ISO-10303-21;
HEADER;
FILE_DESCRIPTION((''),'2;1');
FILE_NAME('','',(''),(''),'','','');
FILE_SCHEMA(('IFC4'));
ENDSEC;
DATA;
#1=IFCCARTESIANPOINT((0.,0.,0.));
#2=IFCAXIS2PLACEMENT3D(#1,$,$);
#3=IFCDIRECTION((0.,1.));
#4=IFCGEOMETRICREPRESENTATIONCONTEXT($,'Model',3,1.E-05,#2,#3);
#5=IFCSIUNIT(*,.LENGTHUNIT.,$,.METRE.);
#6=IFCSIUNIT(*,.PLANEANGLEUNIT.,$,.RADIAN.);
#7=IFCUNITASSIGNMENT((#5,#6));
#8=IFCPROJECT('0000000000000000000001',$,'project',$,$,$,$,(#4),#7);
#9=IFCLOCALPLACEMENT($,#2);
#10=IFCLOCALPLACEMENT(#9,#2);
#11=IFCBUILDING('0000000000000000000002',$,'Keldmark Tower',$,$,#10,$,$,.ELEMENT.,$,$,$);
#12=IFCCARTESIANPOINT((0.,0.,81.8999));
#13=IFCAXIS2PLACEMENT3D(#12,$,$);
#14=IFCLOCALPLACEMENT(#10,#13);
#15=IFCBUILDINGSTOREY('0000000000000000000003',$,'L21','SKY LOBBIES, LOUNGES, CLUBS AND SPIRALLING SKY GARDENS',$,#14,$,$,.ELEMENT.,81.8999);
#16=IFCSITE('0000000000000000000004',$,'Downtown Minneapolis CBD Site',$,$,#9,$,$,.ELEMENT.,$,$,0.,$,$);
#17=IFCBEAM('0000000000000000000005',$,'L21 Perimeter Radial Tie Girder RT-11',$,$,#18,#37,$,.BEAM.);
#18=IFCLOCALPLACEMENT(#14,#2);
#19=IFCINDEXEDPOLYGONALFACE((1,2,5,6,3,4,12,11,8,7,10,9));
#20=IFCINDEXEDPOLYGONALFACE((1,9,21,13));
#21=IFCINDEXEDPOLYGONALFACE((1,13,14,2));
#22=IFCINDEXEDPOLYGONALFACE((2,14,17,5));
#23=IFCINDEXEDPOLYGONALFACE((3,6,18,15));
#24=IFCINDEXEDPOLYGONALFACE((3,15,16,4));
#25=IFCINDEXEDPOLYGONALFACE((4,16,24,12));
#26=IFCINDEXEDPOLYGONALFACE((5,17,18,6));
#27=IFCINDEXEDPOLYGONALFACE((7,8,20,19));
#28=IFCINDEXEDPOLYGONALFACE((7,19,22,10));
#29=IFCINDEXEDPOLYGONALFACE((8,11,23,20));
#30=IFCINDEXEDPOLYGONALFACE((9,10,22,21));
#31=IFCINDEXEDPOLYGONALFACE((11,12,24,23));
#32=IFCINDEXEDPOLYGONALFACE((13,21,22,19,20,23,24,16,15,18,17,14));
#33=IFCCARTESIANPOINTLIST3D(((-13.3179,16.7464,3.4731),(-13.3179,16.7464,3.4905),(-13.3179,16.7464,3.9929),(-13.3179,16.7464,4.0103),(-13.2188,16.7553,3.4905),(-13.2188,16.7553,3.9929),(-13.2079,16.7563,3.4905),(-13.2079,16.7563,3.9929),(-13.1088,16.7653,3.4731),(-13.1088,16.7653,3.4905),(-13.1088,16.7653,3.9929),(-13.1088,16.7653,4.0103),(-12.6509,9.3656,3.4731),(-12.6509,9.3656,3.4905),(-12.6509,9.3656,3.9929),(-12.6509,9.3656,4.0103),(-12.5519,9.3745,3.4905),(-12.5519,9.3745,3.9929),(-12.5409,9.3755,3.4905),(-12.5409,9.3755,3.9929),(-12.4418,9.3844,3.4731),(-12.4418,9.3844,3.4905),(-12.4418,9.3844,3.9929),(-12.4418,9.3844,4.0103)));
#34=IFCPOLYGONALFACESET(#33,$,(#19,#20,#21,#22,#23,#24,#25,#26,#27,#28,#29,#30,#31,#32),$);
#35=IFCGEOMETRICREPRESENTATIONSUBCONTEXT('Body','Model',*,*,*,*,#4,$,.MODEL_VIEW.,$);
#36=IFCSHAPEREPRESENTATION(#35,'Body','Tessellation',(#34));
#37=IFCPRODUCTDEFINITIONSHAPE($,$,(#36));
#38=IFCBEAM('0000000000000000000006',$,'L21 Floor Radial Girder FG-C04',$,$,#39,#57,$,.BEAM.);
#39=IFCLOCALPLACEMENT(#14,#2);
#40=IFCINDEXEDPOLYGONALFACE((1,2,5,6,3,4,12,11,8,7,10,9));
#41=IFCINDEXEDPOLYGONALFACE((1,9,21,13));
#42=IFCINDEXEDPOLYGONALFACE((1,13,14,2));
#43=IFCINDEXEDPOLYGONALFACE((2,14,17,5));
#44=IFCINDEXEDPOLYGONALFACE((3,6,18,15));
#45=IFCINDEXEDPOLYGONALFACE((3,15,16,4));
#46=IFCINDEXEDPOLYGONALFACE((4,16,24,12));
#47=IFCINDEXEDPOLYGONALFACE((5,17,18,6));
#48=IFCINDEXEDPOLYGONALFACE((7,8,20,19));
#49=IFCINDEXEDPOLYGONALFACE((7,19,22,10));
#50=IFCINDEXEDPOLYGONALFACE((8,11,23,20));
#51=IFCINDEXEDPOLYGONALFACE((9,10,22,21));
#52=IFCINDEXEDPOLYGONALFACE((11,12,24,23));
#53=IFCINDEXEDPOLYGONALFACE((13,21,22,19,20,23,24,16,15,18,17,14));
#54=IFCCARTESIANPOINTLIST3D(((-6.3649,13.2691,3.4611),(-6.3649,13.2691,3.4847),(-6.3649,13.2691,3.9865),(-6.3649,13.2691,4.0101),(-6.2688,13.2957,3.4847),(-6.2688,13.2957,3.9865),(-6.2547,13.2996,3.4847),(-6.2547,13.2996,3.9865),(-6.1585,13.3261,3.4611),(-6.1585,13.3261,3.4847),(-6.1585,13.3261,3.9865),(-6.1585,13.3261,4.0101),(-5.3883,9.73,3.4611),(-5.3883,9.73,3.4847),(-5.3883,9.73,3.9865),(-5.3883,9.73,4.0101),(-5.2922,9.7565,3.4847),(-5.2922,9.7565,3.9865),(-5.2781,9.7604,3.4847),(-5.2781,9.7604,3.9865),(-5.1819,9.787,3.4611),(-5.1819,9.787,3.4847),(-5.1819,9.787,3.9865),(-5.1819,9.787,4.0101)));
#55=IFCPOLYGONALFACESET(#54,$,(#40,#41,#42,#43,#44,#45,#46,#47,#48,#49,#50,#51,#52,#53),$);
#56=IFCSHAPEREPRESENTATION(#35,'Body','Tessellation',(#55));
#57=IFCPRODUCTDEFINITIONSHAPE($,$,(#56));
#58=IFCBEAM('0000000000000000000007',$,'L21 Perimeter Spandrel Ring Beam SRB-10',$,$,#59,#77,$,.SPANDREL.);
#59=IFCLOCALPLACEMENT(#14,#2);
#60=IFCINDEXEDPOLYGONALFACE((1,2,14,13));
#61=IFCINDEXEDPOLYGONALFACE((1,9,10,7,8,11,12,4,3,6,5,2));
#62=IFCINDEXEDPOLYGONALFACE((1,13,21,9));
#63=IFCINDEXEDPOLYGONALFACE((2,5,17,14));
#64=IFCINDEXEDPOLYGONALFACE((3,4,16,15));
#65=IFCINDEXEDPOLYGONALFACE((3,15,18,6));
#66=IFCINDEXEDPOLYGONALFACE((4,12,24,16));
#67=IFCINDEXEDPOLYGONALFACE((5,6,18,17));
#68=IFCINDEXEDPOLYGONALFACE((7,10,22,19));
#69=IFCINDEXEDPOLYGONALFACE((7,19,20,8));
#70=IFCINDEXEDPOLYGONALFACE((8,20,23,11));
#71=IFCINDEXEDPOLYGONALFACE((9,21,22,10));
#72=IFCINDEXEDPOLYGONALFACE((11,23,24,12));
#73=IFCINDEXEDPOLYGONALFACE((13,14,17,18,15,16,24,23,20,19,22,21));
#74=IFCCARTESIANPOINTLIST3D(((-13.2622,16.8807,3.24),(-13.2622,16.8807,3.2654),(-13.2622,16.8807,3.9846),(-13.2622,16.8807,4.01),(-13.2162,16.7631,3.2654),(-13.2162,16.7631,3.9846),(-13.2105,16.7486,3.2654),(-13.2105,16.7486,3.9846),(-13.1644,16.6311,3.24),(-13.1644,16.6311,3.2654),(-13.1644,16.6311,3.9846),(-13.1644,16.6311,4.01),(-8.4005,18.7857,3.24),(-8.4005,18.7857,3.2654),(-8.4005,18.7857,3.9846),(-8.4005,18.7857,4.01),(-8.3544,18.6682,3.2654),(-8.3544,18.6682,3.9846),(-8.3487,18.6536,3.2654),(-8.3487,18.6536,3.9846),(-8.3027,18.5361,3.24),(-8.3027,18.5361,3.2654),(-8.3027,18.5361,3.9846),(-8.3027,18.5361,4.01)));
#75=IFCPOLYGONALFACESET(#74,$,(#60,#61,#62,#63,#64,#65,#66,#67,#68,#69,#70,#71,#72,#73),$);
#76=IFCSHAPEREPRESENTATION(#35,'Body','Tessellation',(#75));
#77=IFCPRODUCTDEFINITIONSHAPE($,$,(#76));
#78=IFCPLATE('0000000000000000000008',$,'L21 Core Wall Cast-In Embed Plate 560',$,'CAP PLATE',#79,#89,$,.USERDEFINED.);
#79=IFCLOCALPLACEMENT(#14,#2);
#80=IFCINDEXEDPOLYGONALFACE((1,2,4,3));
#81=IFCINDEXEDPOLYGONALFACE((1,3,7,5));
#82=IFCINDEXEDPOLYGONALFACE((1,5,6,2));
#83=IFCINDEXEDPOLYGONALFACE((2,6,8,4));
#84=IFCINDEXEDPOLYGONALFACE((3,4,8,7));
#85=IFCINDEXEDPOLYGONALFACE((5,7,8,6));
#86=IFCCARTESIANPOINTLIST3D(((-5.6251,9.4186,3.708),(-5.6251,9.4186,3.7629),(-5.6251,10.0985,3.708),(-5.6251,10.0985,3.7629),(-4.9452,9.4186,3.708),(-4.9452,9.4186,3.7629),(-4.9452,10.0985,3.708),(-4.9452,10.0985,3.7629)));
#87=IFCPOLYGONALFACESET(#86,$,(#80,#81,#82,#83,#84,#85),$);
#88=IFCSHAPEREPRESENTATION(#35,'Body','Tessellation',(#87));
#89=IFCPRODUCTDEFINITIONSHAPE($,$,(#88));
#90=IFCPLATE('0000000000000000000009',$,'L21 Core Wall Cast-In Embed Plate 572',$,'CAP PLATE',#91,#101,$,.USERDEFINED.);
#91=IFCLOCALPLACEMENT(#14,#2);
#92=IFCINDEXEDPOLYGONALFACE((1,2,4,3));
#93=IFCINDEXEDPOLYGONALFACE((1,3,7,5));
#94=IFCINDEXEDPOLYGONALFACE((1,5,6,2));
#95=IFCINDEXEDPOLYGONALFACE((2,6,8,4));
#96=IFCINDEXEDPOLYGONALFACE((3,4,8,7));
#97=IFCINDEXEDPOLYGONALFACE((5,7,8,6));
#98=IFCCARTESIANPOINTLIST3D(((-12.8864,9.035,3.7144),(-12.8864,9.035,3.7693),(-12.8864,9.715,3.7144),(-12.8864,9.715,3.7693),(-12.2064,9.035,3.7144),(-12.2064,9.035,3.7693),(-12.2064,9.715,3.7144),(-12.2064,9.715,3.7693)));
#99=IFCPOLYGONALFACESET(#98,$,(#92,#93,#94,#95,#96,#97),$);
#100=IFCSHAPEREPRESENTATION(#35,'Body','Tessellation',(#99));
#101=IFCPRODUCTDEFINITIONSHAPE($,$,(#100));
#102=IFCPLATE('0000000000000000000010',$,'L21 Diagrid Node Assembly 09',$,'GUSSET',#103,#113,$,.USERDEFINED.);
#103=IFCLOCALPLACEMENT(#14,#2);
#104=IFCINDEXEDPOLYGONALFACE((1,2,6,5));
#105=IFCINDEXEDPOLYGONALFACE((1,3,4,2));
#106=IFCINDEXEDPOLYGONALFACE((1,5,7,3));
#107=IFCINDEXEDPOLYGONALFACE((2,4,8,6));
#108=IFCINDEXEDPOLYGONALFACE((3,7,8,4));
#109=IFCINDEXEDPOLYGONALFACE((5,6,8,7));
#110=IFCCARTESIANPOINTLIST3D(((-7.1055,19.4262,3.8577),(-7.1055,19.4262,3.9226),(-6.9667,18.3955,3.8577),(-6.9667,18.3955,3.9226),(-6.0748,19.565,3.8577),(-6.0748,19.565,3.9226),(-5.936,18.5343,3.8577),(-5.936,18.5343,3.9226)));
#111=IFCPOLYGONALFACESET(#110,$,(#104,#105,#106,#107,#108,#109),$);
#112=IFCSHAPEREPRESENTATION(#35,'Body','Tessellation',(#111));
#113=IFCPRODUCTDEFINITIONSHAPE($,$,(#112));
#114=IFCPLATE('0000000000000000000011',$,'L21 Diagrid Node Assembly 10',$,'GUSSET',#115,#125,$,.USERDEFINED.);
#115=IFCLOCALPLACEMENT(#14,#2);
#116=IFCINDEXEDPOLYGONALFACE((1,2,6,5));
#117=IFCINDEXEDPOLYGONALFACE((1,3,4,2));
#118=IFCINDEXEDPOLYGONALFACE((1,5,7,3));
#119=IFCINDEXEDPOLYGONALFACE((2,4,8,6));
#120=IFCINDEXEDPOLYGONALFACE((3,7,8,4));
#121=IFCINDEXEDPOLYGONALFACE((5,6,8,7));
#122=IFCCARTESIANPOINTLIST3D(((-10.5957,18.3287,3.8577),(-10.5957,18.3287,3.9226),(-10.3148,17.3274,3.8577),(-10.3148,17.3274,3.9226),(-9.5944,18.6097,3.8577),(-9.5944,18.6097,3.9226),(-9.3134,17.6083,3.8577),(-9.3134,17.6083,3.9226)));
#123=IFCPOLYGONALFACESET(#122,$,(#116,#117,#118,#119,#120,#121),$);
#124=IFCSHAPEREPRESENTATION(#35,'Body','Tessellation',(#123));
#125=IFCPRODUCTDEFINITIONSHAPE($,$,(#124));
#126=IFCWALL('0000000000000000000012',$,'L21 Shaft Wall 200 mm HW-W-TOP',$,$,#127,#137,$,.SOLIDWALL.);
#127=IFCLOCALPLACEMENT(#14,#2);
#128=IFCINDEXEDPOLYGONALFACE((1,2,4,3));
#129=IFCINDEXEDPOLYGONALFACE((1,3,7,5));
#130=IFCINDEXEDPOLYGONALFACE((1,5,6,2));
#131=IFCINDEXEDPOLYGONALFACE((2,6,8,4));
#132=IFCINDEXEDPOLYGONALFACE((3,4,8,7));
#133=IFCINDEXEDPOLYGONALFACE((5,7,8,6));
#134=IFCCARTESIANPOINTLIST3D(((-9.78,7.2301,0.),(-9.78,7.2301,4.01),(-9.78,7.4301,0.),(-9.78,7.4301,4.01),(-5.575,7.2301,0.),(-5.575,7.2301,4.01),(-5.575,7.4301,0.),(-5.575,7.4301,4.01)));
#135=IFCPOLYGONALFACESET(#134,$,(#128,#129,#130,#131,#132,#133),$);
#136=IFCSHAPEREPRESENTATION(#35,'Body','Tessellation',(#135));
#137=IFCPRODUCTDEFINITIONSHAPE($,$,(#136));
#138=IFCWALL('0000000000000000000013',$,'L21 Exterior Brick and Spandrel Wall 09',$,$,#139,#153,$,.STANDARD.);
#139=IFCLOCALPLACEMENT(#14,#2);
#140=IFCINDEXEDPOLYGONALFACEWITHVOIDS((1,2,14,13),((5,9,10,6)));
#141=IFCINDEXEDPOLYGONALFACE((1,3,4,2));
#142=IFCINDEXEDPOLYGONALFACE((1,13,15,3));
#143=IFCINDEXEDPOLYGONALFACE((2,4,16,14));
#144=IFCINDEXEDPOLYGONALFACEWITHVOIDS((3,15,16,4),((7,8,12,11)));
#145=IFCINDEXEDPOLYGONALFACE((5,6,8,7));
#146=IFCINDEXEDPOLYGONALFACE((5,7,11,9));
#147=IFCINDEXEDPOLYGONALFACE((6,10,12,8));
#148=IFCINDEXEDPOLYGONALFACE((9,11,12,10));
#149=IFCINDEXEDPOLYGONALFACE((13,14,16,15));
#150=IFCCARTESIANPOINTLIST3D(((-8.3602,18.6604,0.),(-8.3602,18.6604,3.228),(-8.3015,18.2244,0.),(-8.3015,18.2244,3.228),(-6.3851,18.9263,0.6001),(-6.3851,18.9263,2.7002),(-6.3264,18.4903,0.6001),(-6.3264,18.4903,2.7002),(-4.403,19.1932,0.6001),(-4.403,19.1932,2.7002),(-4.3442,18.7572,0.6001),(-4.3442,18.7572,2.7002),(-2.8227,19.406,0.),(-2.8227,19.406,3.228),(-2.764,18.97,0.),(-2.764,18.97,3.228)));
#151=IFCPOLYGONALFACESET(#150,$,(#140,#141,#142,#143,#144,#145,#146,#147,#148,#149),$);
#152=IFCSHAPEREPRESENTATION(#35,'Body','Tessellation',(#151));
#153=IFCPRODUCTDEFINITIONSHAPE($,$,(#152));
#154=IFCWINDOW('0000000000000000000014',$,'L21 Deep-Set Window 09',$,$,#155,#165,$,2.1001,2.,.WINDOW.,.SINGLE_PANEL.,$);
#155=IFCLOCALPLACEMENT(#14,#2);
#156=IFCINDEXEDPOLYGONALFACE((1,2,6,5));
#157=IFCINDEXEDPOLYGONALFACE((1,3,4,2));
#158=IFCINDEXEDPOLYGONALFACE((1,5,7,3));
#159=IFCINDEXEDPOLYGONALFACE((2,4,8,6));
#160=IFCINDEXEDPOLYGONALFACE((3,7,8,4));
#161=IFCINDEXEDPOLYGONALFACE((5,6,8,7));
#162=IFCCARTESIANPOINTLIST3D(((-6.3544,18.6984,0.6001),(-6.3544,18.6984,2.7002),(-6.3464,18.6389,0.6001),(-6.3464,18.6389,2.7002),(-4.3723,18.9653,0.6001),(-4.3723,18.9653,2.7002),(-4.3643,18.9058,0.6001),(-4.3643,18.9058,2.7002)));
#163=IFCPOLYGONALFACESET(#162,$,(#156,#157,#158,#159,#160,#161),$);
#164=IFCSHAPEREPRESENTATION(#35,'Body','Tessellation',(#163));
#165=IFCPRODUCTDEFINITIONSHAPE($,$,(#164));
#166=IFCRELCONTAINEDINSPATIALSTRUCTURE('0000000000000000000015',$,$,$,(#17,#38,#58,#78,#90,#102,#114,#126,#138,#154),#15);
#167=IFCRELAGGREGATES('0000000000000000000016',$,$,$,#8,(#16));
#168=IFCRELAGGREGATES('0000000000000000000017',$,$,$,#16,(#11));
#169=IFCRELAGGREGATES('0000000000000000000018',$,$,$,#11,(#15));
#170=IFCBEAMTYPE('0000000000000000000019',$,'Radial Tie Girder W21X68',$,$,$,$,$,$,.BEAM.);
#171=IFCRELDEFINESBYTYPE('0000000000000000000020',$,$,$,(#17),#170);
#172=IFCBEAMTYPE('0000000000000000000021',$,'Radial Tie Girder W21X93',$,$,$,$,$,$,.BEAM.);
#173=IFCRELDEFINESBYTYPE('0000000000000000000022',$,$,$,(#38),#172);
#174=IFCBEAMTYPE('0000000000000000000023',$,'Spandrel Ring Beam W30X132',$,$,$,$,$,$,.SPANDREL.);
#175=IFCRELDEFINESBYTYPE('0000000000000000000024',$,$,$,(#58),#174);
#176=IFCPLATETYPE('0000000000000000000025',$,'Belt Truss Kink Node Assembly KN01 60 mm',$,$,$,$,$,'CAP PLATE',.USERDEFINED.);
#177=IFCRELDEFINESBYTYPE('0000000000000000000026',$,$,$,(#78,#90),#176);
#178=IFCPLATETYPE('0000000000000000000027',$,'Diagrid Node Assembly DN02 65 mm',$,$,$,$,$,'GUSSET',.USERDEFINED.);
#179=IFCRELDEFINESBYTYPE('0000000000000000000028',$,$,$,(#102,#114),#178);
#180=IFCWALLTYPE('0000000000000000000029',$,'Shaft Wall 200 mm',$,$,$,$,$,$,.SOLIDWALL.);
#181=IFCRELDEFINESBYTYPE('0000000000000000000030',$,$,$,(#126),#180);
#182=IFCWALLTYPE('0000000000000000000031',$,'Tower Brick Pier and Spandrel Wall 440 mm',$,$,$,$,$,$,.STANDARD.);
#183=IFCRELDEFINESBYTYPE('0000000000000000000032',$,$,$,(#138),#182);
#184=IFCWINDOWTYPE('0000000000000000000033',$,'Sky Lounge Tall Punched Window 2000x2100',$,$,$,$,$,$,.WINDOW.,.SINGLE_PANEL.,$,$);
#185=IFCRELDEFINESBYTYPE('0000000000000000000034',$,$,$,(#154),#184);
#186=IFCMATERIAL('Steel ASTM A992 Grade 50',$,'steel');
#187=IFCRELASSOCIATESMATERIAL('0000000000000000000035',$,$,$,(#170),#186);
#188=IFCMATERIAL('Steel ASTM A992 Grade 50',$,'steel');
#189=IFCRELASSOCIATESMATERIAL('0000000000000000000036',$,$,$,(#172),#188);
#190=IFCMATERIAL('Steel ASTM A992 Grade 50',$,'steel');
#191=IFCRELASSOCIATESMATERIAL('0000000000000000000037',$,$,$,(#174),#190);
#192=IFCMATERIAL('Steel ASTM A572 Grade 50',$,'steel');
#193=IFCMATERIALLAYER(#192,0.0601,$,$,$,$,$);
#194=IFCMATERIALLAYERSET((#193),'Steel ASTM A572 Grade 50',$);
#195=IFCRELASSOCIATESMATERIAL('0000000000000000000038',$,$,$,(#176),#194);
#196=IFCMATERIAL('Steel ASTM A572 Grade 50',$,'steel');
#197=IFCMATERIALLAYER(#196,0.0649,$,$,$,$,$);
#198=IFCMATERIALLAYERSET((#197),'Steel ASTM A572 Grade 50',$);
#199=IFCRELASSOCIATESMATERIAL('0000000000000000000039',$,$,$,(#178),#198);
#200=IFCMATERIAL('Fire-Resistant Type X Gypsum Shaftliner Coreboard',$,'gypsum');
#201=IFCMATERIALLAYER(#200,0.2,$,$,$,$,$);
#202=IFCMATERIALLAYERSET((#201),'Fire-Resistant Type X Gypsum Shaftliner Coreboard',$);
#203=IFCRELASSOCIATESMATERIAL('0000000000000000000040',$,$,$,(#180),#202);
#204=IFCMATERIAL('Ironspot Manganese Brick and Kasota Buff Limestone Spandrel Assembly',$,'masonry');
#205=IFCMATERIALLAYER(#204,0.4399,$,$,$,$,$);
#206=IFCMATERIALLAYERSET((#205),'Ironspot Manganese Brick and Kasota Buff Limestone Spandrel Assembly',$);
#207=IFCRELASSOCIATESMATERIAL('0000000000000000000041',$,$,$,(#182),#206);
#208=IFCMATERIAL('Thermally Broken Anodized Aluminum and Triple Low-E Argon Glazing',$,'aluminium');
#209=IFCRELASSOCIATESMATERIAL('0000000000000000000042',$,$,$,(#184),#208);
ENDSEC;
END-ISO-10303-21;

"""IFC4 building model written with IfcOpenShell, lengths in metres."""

from ifc_helpers import new_model, si_unit, direction, frame, frame_2d, origin, origin_2d, place, context, subcontext, project, spatial, rectangle, i_section, extrude, material, layer, layer_set, material_profile, profile_set, type_object, element, fill, save


model = new_model("IFC4")

# Units and contexts
model_context = context("Model", 3, precision=1e-05, world=origin(), true_north=direction((0.0, 1.0)))
body_context = subcontext(model_context, "Body", "Model", "MODEL_VIEW")
ifc_project = project(units=[si_unit("LENGTHUNIT", "METRE"), si_unit("PLANEANGLEUNIT", "RADIAN")], contexts=[model_context])

# Site, building, storey
site_placement = place(None, origin())
site = spatial("IfcSite", under=ifc_project, at=site_placement, Name="Downtown Minneapolis CBD Site", CompositionType="ELEMENT", RefElevation=0.0)
building_placement = place(site_placement, origin())
building = spatial("IfcBuilding", under=site, at=building_placement, Name="Keldmark Tower", CompositionType="ELEMENT")
storey_placement = place(building_placement, frame((0.0, 0.0, 81.8999)))
storey = spatial("IfcBuildingStorey", under=building, at=storey_placement, Name="L21", Description="SKY LOBBIES, LOUNGES, CLUBS AND SPIRALLING SKY GARDENS", CompositionType="ELEMENT", Elevation=81.8999)

# Beams
ifc_material_1 = material(Name="Steel ASTM A992 Grade 50", Category="steel")
ifc_material_profile_1 = material_profile(ifc_material_1, i_section(OverallWidth=0.21, OverallDepth=0.5371, WebThickness=0.011, FlangeThickness=0.0173, at=origin_2d()), Name="W21X68")
ifc_profile_set_1 = profile_set([ifc_material_profile_1], Name="Steel ASTM A992 Grade 50")
beam_type_1 = type_object("IfcBeamType", Name="Radial Tie Girder W21X68", PredefinedType="BEAM", material=ifc_profile_set_1)
beam_1_placement = place(storey_placement, frame((-12.5464, 9.375, 3.7417), z_axis=(-0.090001, 0.995942, 0.0), x_axis=(-0.995942, -0.090001, 0.0)))
element("IfcBeam", 1, at=beam_1_placement, inside=storey, type_object=beam_type_1, Name="L21 Perimeter Radial Tie Girder RT-11", PredefinedType="BEAM", context=body_context, shape_type="SweptSolid", body=[
    extrude(i_section(OverallWidth=0.21, OverallDepth=0.5371, WebThickness=0.011, FlangeThickness=0.0173, at=origin_2d()), origin(), (0.0, 0.0, 1.0), 7.4109),
])
ifc_material_2 = material(Name="Steel ASTM A992 Grade 50", Category="steel")
ifc_material_profile_2 = material_profile(ifc_material_2, i_section(OverallWidth=0.2141, OverallDepth=0.5491, WebThickness=0.0146, FlangeThickness=0.0237, at=origin_2d()), Name="W21X93")
ifc_profile_set_2 = profile_set([ifc_material_profile_2], Name="Steel ASTM A992 Grade 50")
beam_type_2 = type_object("IfcBeamType", Name="Radial Tie Girder W21X93", PredefinedType="BEAM", material=ifc_profile_set_2)
beam_2_placement = place(storey_placement, frame((-6.2617, 13.2976, 3.7356), z_axis=(0.265997, -0.963974, 0.0), x_axis=(0.963974, 0.265997, 0.0)))
element("IfcBeam", 2, at=beam_2_placement, inside=storey, type_object=beam_type_2, Name="L21 Floor Radial Girder FG-C04", PredefinedType="BEAM", context=body_context, shape_type="SweptSolid", body=[
    extrude(i_section(OverallWidth=0.2141, OverallDepth=0.5491, WebThickness=0.0146, FlangeThickness=0.0237, at=origin_2d()), origin(), (0.0, 0.0, 1.0), 3.6714),
])
ifc_material_3 = material(Name="Steel ASTM A992 Grade 50", Category="steel")
ifc_material_profile_3 = material_profile(ifc_material_3, i_section(OverallWidth=0.2681, OverallDepth=0.77, WebThickness=0.0156, FlangeThickness=0.0254, at=origin_2d()), Name="W30X132")
ifc_profile_set_3 = profile_set([ifc_material_profile_3], Name="Steel ASTM A992 Grade 50")
beam_type_3 = type_object("IfcBeamType", Name="Spandrel Ring Beam W30X132", PredefinedType="SPANDREL", material=ifc_profile_set_3)
beam_3_placement = place(storey_placement, frame((-8.3516, 18.6609, 3.625), z_axis=(-0.931075, -0.364828, 0.0), x_axis=(0.364828, -0.931075, 0.0)))
element("IfcBeam", 3, at=beam_3_placement, inside=storey, type_object=beam_type_3, Name="L21 Perimeter Spandrel Ring Beam SRB-10", PredefinedType="SPANDREL", context=body_context, shape_type="SweptSolid", body=[
    extrude(i_section(OverallWidth=0.2681, OverallDepth=0.77, WebThickness=0.0156, FlangeThickness=0.0254, at=origin_2d()), origin(), (0.0, 0.0, 1.0), 5.2217),
])

# Plates
ifc_material_4 = material(Name="Steel ASTM A572 Grade 50", Category="steel")
ifc_layer_1 = layer(ifc_material_4, 0.0601)
ifc_layer_set_1 = layer_set([ifc_layer_1], Name="Steel ASTM A572 Grade 50")
plate_type_1 = type_object("IfcPlateType", Name="Belt Truss Kink Node Assembly KN01 60 mm", ElementType="CAP PLATE", PredefinedType="USERDEFINED", material=ifc_layer_set_1)
for number, where, z_axis, x_axis, name in (
    (4, (-5.2852, 9.7585, 3.708), (0.0, 0.0, 1.0), (1.0, 0.0, 0.0), "L21 Core Wall Cast-In Embed Plate 560"),
    (5, (-12.5464, 9.375, 3.7144), (0.0, 0.0, 1.0), (1.0, 0.0, 0.0), "L21 Core Wall Cast-In Embed Plate 572"),
):
    element("IfcPlate", number, at=place(storey_placement, frame(where, z_axis=z_axis, x_axis=x_axis)), inside=storey, type_object=plate_type_1, Name=name, ObjectType="CAP PLATE", PredefinedType="USERDEFINED", context=body_context, shape_type="SweptSolid", body=[
        extrude(rectangle(XDim=0.6799, YDim=0.6799, at=origin_2d()), origin(), (0.0, 0.0, 1.0), 0.0549),
    ])
ifc_material_5 = material(Name="Steel ASTM A572 Grade 50", Category="steel")
ifc_layer_2 = layer(ifc_material_5, 0.0649)
ifc_layer_set_2 = layer_set([ifc_layer_2], Name="Steel ASTM A572 Grade 50")
plate_type_2 = type_object("IfcPlateType", Name="Diagrid Node Assembly DN02 65 mm", ElementType="GUSSET", PredefinedType="USERDEFINED", material=ifc_layer_set_2)
for number, where, z_axis, x_axis, name in (
    (6, (-6.5208, 18.9802, 3.8577), (0.0, 0.0, 1.0), (-0.991053, -0.133467, 0.0), "L21 Diagrid Node Assembly 09"),
    (7, (-9.9546, 17.9685, 3.8577), (0.0, 0.0, 1.0), (-0.962833, -0.270096, 0.0), "L21 Diagrid Node Assembly 10"),
):
    element("IfcPlate", number, at=place(storey_placement, frame(where, z_axis=z_axis, x_axis=x_axis)), inside=storey, type_object=plate_type_2, Name=name, ObjectType="GUSSET", PredefinedType="USERDEFINED", context=body_context, shape_type="SweptSolid", body=[
        extrude(rectangle(XDim=1.04, YDim=1.04, at=origin_2d()), origin(), (0.0, 0.0, 1.0), 0.0649),
    ])

# Wall
ifc_material_6 = material(Name="Fire-Resistant Type X Gypsum Shaftliner Coreboard", Category="gypsum")
ifc_layer_3 = layer(ifc_material_6, 0.2)
ifc_layer_set_3 = layer_set([ifc_layer_3], Name="Fire-Resistant Type X Gypsum Shaftliner Coreboard")
wall_type_1 = type_object("IfcWallType", Name="Shaft Wall 200 mm", PredefinedType="SOLIDWALL", material=ifc_layer_set_3)
wall_1_placement = place(storey_placement, frame((-9.78, 7.3301, 0.0), z_axis=(0.0, 0.0, 1.0), x_axis=(1.0, 0.0, 0.0)))
element("IfcWall", 8, at=wall_1_placement, inside=storey, type_object=wall_type_1, Name="L21 Shaft Wall 200 mm HW-W-TOP", PredefinedType="SOLIDWALL", context=body_context, shape_type="SweptSolid", body=[
    extrude(rectangle(XDim=4.2051, YDim=0.2, at=frame_2d((2.1025, 0.0))), origin(), (0.0, 0.0, 1.0), 4.01),
])

# Wall, opening, window
ifc_material_7 = material(Name="Ironspot Manganese Brick and Kasota Buff Limestone Spandrel Assembly", Category="masonry")
ifc_layer_4 = layer(ifc_material_7, 0.4399)
ifc_layer_set_4 = layer_set([ifc_layer_4], Name="Ironspot Manganese Brick and Kasota Buff Limestone Spandrel Assembly")
wall_type_2 = type_object("IfcWallType", Name="Tower Brick Pier and Spandrel Wall 440 mm", PredefinedType="STANDARD", material=ifc_layer_set_4)
wall_2_placement = place(storey_placement, frame((-8.3308, 18.4424, 0.0), z_axis=(0.0, 0.0, 1.0), x_axis=(0.991056, 0.133446, 0.0)))
wall_2 = element("IfcWall", 9, at=wall_2_placement, inside=storey, type_object=wall_type_2, Name="L21 Exterior Brick and Spandrel Wall 09", PredefinedType="STANDARD", context=body_context, shape_type="SweptSolid", body=[
    extrude(rectangle(XDim=5.5874, YDim=0.4399, at=frame_2d((2.7937, 0.0))), origin(), (0.0, 0.0, 1.0), 3.228),
])
opening_placement = place(wall_2_placement, frame((1.9929, 0.0, 0.6001)))
opening = element("IfcOpeningElement", 10, at=opening_placement, cuts=wall_2, PredefinedType="OPENING", context=body_context, shape_type="SweptSolid", body=[
    extrude(rectangle(XDim=2.0, YDim=2.1001, at=frame_2d((1.0, 1.05))), frame((0.0, 0.23, 0.0), z_axis=(0.0, -1.0, 0.0), x_axis=(1.0, 0.0, 0.0)), (0.0, 0.0, 1.0), 0.46),
])
ifc_material_8 = material(Name="Thermally Broken Anodized Aluminum and Triple Low-E Argon Glazing", Category="aluminium")
window_type = type_object("IfcWindowType", Name="Sky Lounge Tall Punched Window 2000x2100", PartitioningType="SINGLE_PANEL", PredefinedType="WINDOW", material=ifc_material_8)
window_placement = place(opening_placement, origin())
window = element("IfcWindow", 11, at=window_placement, inside=storey, type_object=window_type, Name="L21 Deep-Set Window 09", OverallHeight=2.1001, OverallWidth=2.0, PartitioningType="SINGLE_PANEL", PredefinedType="WINDOW", context=body_context, shape_type="SweptSolid", body=[
    extrude(rectangle(XDim=2.0, YDim=2.1001, at=frame_2d((1.0, 1.05))), frame((0.0, -0.01, 0.0), z_axis=(0.0, -1.0, 0.0), x_axis=(1.0, 0.0, 0.0)), (0.0, 0.0, 1.0), 0.0601),
])
fill(opening, window)

save(model, "model.ifc")
